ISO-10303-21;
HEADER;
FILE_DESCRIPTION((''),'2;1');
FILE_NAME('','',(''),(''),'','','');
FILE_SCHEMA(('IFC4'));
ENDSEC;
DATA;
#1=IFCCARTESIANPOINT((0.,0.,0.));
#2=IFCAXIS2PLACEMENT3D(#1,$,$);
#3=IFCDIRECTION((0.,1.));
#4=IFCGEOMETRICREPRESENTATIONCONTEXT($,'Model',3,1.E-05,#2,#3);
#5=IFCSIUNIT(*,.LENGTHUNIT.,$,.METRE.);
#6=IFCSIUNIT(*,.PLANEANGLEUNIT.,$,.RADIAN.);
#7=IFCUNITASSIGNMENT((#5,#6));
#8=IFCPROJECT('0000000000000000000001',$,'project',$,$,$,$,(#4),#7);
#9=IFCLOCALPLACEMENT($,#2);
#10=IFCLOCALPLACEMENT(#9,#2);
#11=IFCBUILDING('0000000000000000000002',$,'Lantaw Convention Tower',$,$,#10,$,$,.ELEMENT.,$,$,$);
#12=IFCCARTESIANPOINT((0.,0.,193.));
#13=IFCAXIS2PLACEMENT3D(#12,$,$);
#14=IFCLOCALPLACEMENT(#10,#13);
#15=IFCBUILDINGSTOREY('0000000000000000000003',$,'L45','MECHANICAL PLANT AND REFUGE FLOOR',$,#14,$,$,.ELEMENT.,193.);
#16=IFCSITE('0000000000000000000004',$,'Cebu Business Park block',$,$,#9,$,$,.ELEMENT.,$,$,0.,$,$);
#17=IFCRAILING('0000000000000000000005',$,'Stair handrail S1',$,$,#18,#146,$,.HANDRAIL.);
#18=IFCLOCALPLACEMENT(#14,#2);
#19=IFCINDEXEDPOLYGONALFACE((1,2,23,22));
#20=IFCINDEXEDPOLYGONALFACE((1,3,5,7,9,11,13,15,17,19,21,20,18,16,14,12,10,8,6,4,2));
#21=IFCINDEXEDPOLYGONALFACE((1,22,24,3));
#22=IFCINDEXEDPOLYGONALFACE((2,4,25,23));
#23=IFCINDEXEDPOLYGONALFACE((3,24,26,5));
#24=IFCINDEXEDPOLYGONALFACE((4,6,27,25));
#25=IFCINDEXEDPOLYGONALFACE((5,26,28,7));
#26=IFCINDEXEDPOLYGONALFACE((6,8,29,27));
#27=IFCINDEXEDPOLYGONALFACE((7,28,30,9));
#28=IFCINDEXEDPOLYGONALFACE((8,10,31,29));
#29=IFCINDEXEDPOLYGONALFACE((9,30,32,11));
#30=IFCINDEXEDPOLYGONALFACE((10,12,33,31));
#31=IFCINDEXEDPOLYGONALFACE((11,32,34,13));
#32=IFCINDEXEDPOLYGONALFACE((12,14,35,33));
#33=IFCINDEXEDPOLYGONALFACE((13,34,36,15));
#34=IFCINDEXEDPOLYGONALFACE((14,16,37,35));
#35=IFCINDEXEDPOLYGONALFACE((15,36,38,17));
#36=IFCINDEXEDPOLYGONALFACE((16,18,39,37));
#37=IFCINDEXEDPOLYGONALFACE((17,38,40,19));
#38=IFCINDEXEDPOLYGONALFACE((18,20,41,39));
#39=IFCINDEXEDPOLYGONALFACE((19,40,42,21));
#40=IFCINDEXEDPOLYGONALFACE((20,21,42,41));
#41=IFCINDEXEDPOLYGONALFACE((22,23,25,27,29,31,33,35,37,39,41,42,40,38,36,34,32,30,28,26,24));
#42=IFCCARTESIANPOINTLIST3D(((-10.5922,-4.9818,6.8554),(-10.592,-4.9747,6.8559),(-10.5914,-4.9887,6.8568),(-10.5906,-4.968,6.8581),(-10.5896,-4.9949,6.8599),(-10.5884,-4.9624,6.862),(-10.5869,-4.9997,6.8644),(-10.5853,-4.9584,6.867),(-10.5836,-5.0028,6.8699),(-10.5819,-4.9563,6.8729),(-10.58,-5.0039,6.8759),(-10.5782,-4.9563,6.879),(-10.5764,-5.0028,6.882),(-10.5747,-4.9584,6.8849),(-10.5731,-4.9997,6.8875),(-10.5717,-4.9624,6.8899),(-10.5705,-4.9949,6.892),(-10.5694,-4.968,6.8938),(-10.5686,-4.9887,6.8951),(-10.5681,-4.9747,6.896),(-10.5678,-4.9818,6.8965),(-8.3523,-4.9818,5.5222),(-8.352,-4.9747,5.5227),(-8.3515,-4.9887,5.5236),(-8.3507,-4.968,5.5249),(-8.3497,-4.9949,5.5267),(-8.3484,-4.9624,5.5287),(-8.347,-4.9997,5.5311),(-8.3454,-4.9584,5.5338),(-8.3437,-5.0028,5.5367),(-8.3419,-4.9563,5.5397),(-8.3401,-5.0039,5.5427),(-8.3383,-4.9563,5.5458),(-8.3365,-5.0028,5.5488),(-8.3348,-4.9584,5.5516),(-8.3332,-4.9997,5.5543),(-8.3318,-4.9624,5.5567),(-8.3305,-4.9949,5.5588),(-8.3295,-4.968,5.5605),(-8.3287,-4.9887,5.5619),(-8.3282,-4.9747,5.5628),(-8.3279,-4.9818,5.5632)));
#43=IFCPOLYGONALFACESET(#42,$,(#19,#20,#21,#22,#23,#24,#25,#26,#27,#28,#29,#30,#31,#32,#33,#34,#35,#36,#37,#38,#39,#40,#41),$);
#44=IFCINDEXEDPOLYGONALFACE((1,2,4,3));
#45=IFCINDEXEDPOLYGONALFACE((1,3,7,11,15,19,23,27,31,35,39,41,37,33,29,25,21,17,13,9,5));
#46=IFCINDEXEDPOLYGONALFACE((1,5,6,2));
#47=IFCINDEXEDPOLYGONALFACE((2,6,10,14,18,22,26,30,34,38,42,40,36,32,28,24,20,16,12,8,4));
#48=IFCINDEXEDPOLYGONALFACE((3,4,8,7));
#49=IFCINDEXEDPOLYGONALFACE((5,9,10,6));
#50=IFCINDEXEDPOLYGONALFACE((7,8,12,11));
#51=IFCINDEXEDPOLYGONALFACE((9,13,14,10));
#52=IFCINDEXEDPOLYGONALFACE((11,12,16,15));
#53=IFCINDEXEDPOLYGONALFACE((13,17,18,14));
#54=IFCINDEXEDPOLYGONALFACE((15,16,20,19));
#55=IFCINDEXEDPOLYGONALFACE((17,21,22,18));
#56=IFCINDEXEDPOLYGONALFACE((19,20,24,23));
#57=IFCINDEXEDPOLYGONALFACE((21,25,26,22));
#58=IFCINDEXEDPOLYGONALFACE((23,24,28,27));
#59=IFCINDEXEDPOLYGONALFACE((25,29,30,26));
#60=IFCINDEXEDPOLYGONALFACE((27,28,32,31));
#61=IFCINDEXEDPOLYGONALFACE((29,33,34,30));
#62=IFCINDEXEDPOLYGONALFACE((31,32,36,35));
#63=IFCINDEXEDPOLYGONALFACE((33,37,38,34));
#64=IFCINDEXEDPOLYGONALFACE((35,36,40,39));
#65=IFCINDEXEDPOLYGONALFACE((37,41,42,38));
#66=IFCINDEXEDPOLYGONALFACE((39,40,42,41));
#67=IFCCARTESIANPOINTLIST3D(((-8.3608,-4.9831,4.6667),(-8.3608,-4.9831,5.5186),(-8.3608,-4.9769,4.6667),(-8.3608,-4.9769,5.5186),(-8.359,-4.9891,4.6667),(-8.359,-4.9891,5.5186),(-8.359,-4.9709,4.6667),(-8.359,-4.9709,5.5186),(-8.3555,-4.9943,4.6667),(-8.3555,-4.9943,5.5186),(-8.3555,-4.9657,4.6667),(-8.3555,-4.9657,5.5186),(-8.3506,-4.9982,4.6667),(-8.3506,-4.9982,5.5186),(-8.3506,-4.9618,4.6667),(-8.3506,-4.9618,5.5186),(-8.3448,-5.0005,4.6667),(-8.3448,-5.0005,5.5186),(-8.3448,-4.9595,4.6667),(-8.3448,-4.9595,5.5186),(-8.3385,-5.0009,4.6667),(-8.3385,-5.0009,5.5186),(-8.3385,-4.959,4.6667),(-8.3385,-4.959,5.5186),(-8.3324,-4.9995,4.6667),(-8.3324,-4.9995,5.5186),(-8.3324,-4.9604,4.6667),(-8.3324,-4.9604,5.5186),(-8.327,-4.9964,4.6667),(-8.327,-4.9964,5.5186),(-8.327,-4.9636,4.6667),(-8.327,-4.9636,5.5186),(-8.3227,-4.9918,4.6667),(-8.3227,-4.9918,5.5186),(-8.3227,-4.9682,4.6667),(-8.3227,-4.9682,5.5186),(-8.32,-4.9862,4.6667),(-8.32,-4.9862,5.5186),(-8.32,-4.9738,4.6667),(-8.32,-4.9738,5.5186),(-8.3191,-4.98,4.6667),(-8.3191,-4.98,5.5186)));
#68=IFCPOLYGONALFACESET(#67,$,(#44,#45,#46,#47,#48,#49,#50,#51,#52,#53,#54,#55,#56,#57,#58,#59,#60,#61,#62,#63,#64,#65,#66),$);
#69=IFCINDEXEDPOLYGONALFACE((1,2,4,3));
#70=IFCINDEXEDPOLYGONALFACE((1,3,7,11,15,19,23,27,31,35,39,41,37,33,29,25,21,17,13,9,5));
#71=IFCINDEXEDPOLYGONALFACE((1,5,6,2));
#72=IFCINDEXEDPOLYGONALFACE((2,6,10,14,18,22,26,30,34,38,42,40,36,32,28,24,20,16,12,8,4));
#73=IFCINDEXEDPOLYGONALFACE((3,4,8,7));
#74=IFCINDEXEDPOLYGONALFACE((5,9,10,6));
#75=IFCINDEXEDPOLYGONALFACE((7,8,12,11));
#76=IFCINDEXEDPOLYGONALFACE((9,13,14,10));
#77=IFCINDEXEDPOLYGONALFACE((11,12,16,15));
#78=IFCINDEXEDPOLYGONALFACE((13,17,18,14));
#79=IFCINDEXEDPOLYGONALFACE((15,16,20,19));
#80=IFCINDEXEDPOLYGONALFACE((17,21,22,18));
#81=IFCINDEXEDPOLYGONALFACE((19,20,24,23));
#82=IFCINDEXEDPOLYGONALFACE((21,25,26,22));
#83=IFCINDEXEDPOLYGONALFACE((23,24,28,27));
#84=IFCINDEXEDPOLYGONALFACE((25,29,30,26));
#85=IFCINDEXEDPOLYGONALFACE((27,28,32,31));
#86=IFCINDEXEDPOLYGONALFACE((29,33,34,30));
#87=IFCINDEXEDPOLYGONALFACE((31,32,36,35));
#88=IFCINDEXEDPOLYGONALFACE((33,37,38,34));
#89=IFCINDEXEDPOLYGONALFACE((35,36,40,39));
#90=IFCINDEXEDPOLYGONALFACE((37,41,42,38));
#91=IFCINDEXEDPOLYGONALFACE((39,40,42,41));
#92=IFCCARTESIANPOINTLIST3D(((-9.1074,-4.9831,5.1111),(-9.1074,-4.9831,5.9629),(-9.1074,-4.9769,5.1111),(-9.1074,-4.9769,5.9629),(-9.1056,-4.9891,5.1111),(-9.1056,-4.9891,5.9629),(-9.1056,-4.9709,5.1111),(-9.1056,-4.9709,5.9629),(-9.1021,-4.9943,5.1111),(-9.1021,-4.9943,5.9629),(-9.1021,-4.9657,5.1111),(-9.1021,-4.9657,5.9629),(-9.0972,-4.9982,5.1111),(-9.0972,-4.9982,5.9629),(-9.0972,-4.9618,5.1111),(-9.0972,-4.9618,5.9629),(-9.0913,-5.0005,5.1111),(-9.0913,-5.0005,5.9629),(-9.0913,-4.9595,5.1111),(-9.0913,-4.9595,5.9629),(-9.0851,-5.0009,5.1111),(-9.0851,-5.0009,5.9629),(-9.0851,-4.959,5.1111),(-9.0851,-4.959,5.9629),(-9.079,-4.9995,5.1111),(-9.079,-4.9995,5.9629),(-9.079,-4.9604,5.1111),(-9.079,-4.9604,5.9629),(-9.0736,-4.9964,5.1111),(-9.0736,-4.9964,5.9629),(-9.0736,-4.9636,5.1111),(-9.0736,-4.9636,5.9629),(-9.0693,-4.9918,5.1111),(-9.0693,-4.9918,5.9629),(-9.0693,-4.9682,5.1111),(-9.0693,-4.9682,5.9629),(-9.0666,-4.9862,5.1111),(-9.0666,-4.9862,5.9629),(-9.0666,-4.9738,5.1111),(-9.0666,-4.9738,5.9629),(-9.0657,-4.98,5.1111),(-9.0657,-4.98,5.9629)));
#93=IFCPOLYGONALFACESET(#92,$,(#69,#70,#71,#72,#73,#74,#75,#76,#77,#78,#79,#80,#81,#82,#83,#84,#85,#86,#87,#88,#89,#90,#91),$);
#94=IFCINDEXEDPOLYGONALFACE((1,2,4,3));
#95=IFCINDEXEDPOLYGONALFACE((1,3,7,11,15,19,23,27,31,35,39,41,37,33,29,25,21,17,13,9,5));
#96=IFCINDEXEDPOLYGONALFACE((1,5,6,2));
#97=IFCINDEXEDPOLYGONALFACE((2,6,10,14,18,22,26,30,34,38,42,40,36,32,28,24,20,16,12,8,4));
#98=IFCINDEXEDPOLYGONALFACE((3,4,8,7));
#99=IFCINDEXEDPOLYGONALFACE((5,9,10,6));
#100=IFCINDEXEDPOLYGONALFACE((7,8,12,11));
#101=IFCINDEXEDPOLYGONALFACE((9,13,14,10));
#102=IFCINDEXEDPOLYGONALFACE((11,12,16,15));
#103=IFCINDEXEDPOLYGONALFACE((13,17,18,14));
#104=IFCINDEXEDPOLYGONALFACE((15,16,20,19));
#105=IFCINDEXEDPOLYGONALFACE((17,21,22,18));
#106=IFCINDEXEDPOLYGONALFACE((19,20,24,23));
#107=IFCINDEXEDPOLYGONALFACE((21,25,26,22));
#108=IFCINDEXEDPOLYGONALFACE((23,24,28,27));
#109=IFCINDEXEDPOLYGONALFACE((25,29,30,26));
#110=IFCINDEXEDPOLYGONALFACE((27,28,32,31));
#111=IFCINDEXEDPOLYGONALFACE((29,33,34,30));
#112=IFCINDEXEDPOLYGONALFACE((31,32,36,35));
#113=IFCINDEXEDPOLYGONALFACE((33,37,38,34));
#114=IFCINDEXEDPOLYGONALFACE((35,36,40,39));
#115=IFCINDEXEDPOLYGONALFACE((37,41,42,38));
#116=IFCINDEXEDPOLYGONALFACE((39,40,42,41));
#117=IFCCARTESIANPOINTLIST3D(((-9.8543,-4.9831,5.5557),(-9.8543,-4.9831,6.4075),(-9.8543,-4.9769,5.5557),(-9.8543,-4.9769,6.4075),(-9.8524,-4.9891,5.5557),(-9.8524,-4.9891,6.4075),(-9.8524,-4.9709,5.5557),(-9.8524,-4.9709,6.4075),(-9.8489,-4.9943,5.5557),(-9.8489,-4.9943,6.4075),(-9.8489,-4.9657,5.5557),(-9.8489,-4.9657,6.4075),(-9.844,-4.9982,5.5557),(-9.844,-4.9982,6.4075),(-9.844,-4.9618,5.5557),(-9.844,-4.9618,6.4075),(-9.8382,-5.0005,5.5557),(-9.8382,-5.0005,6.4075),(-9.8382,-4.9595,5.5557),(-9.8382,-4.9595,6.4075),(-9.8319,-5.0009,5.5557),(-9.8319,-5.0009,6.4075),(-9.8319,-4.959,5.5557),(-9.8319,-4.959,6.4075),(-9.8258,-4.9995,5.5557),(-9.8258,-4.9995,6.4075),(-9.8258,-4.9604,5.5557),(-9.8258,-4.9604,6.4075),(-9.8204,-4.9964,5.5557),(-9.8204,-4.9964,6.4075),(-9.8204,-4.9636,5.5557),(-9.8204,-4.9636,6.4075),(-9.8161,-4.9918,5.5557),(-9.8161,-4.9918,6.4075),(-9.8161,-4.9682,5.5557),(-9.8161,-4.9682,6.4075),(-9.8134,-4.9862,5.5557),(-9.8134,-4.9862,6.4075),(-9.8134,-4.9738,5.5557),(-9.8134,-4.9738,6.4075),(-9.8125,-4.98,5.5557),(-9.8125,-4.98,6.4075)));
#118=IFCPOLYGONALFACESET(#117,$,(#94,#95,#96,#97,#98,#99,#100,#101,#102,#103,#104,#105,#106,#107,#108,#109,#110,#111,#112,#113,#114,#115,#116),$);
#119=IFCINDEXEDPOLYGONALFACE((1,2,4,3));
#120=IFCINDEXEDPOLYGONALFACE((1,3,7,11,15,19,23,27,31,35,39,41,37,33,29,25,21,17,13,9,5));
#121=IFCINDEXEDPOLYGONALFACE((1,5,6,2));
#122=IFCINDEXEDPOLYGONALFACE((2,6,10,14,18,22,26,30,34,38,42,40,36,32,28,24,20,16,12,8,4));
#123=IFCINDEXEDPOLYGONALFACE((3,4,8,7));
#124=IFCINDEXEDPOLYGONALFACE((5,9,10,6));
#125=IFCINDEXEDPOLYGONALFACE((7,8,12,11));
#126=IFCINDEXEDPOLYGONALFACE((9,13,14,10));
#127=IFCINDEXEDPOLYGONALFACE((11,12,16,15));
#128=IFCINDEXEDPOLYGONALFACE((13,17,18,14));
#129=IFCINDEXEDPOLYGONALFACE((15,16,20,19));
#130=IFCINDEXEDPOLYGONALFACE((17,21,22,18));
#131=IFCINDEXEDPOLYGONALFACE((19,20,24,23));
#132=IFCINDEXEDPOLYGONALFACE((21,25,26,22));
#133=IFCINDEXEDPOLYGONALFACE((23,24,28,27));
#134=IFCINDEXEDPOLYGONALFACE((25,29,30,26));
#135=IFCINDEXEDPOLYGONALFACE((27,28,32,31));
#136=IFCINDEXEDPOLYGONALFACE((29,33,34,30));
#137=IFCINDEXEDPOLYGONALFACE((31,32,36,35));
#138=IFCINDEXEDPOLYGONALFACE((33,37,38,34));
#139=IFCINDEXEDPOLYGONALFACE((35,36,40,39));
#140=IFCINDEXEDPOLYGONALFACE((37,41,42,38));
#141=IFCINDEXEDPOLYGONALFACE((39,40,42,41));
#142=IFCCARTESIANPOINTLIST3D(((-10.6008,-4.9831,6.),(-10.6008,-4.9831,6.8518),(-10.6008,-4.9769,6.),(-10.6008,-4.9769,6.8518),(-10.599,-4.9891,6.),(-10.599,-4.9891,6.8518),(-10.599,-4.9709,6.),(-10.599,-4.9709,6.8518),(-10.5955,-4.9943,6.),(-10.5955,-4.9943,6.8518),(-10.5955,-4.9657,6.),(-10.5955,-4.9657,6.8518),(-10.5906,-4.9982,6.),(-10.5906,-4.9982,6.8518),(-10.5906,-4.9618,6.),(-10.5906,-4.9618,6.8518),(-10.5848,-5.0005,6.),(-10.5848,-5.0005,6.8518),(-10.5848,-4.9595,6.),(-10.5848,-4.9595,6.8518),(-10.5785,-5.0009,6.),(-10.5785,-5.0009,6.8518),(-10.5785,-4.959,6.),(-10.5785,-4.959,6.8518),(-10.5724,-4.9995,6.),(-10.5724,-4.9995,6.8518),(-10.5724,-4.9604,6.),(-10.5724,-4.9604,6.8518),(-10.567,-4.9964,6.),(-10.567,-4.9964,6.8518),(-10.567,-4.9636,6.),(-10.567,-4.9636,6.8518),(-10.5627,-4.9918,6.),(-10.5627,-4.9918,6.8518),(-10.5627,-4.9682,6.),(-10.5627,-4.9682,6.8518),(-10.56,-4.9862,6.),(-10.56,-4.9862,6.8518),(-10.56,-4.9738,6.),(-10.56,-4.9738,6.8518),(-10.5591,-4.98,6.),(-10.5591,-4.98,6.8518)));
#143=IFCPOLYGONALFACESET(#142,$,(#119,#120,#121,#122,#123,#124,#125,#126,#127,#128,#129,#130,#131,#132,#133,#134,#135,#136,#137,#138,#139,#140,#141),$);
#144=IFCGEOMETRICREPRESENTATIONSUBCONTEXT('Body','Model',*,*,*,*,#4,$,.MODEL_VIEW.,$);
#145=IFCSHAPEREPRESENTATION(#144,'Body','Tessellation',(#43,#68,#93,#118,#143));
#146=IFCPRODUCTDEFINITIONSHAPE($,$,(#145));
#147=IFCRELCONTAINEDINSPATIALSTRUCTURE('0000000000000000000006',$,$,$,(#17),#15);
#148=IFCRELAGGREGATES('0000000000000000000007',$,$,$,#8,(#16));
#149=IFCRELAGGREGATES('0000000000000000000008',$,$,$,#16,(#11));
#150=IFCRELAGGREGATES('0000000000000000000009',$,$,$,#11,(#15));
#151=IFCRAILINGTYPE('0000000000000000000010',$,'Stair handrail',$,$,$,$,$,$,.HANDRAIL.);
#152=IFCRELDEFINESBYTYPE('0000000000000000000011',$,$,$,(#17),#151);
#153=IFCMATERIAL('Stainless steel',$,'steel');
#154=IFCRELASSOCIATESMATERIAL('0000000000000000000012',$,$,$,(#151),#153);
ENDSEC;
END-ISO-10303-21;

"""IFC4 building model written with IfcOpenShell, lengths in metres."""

from ifc_helpers import new_model, si_unit, direction, frame, origin, origin_2d, place, context, subcontext, project, spatial, circle, extrude, material, type_object, element, save


model = new_model("IFC4")

# Units and contexts
model_context = context("Model", 3, precision=1e-05, world=origin(), true_north=direction((0.0, 1.0)))
body_context = subcontext(model_context, "Body", "Model", "MODEL_VIEW")
ifc_project = project(units=[si_unit("LENGTHUNIT", "METRE"), si_unit("PLANEANGLEUNIT", "RADIAN")], contexts=[model_context])

# Site, building, storey
site_placement = place(None, origin())
site = spatial("IfcSite", under=ifc_project, at=site_placement, Name="Cebu Business Park block", CompositionType="ELEMENT", RefElevation=0.0)
building_placement = place(site_placement, origin())
building = spatial("IfcBuilding", under=site, at=building_placement, Name="Lantaw Convention Tower", CompositionType="ELEMENT")
storey_placement = place(building_placement, frame((0.0, 0.0, 193.0)))
storey = spatial("IfcBuildingStorey", under=building, at=storey_placement, Name="L45", Description="MECHANICAL PLANT AND REFUGE FLOOR", CompositionType="ELEMENT", Elevation=193.0)

# Railing
ifc_material_1 = material(Name="Stainless steel", Category="steel")
railing_type = type_object("IfcRailingType", Name="Stair handrail", PredefinedType="HANDRAIL", material=ifc_material_1)
railing_1_placement = place(storey_placement, frame((-8.3401, -4.98, 4.6667)))
element("IfcRailing", 1, at=railing_1_placement, inside=storey, type_object=railing_type, Name="Stair handrail S1", PredefinedType="HANDRAIL", context=body_context, shape_type="SweptSolid", body=[
    extrude(circle(Radius=0.0239, at=origin_2d()), frame((0.0, 0.0, 0.876), z_axis=(-0.859306, 0.0, 0.511462), x_axis=(0.0, -1.0, 0.0)), (0.0, 0.0, 1.0), 2.6067),
    extrude(circle(Radius=0.021, at=origin_2d()), origin(), (0.0, 0.0, 1.0), 0.8518),
    extrude(circle(Radius=0.021, at=origin_2d()), frame((-0.7466, 0.0, 0.4443)), (0.0, 0.0, 1.0), 0.8518),
    extrude(circle(Radius=0.021, at=origin_2d()), frame((-1.4934, 0.0, 0.8889)), (0.0, 0.0, 1.0), 0.8518),
    extrude(circle(Radius=0.021, at=origin_2d()), frame((-2.24, 0.0, 1.3333)), (0.0, 0.0, 1.0), 0.8518),
])

save(model, "model.ifc")
